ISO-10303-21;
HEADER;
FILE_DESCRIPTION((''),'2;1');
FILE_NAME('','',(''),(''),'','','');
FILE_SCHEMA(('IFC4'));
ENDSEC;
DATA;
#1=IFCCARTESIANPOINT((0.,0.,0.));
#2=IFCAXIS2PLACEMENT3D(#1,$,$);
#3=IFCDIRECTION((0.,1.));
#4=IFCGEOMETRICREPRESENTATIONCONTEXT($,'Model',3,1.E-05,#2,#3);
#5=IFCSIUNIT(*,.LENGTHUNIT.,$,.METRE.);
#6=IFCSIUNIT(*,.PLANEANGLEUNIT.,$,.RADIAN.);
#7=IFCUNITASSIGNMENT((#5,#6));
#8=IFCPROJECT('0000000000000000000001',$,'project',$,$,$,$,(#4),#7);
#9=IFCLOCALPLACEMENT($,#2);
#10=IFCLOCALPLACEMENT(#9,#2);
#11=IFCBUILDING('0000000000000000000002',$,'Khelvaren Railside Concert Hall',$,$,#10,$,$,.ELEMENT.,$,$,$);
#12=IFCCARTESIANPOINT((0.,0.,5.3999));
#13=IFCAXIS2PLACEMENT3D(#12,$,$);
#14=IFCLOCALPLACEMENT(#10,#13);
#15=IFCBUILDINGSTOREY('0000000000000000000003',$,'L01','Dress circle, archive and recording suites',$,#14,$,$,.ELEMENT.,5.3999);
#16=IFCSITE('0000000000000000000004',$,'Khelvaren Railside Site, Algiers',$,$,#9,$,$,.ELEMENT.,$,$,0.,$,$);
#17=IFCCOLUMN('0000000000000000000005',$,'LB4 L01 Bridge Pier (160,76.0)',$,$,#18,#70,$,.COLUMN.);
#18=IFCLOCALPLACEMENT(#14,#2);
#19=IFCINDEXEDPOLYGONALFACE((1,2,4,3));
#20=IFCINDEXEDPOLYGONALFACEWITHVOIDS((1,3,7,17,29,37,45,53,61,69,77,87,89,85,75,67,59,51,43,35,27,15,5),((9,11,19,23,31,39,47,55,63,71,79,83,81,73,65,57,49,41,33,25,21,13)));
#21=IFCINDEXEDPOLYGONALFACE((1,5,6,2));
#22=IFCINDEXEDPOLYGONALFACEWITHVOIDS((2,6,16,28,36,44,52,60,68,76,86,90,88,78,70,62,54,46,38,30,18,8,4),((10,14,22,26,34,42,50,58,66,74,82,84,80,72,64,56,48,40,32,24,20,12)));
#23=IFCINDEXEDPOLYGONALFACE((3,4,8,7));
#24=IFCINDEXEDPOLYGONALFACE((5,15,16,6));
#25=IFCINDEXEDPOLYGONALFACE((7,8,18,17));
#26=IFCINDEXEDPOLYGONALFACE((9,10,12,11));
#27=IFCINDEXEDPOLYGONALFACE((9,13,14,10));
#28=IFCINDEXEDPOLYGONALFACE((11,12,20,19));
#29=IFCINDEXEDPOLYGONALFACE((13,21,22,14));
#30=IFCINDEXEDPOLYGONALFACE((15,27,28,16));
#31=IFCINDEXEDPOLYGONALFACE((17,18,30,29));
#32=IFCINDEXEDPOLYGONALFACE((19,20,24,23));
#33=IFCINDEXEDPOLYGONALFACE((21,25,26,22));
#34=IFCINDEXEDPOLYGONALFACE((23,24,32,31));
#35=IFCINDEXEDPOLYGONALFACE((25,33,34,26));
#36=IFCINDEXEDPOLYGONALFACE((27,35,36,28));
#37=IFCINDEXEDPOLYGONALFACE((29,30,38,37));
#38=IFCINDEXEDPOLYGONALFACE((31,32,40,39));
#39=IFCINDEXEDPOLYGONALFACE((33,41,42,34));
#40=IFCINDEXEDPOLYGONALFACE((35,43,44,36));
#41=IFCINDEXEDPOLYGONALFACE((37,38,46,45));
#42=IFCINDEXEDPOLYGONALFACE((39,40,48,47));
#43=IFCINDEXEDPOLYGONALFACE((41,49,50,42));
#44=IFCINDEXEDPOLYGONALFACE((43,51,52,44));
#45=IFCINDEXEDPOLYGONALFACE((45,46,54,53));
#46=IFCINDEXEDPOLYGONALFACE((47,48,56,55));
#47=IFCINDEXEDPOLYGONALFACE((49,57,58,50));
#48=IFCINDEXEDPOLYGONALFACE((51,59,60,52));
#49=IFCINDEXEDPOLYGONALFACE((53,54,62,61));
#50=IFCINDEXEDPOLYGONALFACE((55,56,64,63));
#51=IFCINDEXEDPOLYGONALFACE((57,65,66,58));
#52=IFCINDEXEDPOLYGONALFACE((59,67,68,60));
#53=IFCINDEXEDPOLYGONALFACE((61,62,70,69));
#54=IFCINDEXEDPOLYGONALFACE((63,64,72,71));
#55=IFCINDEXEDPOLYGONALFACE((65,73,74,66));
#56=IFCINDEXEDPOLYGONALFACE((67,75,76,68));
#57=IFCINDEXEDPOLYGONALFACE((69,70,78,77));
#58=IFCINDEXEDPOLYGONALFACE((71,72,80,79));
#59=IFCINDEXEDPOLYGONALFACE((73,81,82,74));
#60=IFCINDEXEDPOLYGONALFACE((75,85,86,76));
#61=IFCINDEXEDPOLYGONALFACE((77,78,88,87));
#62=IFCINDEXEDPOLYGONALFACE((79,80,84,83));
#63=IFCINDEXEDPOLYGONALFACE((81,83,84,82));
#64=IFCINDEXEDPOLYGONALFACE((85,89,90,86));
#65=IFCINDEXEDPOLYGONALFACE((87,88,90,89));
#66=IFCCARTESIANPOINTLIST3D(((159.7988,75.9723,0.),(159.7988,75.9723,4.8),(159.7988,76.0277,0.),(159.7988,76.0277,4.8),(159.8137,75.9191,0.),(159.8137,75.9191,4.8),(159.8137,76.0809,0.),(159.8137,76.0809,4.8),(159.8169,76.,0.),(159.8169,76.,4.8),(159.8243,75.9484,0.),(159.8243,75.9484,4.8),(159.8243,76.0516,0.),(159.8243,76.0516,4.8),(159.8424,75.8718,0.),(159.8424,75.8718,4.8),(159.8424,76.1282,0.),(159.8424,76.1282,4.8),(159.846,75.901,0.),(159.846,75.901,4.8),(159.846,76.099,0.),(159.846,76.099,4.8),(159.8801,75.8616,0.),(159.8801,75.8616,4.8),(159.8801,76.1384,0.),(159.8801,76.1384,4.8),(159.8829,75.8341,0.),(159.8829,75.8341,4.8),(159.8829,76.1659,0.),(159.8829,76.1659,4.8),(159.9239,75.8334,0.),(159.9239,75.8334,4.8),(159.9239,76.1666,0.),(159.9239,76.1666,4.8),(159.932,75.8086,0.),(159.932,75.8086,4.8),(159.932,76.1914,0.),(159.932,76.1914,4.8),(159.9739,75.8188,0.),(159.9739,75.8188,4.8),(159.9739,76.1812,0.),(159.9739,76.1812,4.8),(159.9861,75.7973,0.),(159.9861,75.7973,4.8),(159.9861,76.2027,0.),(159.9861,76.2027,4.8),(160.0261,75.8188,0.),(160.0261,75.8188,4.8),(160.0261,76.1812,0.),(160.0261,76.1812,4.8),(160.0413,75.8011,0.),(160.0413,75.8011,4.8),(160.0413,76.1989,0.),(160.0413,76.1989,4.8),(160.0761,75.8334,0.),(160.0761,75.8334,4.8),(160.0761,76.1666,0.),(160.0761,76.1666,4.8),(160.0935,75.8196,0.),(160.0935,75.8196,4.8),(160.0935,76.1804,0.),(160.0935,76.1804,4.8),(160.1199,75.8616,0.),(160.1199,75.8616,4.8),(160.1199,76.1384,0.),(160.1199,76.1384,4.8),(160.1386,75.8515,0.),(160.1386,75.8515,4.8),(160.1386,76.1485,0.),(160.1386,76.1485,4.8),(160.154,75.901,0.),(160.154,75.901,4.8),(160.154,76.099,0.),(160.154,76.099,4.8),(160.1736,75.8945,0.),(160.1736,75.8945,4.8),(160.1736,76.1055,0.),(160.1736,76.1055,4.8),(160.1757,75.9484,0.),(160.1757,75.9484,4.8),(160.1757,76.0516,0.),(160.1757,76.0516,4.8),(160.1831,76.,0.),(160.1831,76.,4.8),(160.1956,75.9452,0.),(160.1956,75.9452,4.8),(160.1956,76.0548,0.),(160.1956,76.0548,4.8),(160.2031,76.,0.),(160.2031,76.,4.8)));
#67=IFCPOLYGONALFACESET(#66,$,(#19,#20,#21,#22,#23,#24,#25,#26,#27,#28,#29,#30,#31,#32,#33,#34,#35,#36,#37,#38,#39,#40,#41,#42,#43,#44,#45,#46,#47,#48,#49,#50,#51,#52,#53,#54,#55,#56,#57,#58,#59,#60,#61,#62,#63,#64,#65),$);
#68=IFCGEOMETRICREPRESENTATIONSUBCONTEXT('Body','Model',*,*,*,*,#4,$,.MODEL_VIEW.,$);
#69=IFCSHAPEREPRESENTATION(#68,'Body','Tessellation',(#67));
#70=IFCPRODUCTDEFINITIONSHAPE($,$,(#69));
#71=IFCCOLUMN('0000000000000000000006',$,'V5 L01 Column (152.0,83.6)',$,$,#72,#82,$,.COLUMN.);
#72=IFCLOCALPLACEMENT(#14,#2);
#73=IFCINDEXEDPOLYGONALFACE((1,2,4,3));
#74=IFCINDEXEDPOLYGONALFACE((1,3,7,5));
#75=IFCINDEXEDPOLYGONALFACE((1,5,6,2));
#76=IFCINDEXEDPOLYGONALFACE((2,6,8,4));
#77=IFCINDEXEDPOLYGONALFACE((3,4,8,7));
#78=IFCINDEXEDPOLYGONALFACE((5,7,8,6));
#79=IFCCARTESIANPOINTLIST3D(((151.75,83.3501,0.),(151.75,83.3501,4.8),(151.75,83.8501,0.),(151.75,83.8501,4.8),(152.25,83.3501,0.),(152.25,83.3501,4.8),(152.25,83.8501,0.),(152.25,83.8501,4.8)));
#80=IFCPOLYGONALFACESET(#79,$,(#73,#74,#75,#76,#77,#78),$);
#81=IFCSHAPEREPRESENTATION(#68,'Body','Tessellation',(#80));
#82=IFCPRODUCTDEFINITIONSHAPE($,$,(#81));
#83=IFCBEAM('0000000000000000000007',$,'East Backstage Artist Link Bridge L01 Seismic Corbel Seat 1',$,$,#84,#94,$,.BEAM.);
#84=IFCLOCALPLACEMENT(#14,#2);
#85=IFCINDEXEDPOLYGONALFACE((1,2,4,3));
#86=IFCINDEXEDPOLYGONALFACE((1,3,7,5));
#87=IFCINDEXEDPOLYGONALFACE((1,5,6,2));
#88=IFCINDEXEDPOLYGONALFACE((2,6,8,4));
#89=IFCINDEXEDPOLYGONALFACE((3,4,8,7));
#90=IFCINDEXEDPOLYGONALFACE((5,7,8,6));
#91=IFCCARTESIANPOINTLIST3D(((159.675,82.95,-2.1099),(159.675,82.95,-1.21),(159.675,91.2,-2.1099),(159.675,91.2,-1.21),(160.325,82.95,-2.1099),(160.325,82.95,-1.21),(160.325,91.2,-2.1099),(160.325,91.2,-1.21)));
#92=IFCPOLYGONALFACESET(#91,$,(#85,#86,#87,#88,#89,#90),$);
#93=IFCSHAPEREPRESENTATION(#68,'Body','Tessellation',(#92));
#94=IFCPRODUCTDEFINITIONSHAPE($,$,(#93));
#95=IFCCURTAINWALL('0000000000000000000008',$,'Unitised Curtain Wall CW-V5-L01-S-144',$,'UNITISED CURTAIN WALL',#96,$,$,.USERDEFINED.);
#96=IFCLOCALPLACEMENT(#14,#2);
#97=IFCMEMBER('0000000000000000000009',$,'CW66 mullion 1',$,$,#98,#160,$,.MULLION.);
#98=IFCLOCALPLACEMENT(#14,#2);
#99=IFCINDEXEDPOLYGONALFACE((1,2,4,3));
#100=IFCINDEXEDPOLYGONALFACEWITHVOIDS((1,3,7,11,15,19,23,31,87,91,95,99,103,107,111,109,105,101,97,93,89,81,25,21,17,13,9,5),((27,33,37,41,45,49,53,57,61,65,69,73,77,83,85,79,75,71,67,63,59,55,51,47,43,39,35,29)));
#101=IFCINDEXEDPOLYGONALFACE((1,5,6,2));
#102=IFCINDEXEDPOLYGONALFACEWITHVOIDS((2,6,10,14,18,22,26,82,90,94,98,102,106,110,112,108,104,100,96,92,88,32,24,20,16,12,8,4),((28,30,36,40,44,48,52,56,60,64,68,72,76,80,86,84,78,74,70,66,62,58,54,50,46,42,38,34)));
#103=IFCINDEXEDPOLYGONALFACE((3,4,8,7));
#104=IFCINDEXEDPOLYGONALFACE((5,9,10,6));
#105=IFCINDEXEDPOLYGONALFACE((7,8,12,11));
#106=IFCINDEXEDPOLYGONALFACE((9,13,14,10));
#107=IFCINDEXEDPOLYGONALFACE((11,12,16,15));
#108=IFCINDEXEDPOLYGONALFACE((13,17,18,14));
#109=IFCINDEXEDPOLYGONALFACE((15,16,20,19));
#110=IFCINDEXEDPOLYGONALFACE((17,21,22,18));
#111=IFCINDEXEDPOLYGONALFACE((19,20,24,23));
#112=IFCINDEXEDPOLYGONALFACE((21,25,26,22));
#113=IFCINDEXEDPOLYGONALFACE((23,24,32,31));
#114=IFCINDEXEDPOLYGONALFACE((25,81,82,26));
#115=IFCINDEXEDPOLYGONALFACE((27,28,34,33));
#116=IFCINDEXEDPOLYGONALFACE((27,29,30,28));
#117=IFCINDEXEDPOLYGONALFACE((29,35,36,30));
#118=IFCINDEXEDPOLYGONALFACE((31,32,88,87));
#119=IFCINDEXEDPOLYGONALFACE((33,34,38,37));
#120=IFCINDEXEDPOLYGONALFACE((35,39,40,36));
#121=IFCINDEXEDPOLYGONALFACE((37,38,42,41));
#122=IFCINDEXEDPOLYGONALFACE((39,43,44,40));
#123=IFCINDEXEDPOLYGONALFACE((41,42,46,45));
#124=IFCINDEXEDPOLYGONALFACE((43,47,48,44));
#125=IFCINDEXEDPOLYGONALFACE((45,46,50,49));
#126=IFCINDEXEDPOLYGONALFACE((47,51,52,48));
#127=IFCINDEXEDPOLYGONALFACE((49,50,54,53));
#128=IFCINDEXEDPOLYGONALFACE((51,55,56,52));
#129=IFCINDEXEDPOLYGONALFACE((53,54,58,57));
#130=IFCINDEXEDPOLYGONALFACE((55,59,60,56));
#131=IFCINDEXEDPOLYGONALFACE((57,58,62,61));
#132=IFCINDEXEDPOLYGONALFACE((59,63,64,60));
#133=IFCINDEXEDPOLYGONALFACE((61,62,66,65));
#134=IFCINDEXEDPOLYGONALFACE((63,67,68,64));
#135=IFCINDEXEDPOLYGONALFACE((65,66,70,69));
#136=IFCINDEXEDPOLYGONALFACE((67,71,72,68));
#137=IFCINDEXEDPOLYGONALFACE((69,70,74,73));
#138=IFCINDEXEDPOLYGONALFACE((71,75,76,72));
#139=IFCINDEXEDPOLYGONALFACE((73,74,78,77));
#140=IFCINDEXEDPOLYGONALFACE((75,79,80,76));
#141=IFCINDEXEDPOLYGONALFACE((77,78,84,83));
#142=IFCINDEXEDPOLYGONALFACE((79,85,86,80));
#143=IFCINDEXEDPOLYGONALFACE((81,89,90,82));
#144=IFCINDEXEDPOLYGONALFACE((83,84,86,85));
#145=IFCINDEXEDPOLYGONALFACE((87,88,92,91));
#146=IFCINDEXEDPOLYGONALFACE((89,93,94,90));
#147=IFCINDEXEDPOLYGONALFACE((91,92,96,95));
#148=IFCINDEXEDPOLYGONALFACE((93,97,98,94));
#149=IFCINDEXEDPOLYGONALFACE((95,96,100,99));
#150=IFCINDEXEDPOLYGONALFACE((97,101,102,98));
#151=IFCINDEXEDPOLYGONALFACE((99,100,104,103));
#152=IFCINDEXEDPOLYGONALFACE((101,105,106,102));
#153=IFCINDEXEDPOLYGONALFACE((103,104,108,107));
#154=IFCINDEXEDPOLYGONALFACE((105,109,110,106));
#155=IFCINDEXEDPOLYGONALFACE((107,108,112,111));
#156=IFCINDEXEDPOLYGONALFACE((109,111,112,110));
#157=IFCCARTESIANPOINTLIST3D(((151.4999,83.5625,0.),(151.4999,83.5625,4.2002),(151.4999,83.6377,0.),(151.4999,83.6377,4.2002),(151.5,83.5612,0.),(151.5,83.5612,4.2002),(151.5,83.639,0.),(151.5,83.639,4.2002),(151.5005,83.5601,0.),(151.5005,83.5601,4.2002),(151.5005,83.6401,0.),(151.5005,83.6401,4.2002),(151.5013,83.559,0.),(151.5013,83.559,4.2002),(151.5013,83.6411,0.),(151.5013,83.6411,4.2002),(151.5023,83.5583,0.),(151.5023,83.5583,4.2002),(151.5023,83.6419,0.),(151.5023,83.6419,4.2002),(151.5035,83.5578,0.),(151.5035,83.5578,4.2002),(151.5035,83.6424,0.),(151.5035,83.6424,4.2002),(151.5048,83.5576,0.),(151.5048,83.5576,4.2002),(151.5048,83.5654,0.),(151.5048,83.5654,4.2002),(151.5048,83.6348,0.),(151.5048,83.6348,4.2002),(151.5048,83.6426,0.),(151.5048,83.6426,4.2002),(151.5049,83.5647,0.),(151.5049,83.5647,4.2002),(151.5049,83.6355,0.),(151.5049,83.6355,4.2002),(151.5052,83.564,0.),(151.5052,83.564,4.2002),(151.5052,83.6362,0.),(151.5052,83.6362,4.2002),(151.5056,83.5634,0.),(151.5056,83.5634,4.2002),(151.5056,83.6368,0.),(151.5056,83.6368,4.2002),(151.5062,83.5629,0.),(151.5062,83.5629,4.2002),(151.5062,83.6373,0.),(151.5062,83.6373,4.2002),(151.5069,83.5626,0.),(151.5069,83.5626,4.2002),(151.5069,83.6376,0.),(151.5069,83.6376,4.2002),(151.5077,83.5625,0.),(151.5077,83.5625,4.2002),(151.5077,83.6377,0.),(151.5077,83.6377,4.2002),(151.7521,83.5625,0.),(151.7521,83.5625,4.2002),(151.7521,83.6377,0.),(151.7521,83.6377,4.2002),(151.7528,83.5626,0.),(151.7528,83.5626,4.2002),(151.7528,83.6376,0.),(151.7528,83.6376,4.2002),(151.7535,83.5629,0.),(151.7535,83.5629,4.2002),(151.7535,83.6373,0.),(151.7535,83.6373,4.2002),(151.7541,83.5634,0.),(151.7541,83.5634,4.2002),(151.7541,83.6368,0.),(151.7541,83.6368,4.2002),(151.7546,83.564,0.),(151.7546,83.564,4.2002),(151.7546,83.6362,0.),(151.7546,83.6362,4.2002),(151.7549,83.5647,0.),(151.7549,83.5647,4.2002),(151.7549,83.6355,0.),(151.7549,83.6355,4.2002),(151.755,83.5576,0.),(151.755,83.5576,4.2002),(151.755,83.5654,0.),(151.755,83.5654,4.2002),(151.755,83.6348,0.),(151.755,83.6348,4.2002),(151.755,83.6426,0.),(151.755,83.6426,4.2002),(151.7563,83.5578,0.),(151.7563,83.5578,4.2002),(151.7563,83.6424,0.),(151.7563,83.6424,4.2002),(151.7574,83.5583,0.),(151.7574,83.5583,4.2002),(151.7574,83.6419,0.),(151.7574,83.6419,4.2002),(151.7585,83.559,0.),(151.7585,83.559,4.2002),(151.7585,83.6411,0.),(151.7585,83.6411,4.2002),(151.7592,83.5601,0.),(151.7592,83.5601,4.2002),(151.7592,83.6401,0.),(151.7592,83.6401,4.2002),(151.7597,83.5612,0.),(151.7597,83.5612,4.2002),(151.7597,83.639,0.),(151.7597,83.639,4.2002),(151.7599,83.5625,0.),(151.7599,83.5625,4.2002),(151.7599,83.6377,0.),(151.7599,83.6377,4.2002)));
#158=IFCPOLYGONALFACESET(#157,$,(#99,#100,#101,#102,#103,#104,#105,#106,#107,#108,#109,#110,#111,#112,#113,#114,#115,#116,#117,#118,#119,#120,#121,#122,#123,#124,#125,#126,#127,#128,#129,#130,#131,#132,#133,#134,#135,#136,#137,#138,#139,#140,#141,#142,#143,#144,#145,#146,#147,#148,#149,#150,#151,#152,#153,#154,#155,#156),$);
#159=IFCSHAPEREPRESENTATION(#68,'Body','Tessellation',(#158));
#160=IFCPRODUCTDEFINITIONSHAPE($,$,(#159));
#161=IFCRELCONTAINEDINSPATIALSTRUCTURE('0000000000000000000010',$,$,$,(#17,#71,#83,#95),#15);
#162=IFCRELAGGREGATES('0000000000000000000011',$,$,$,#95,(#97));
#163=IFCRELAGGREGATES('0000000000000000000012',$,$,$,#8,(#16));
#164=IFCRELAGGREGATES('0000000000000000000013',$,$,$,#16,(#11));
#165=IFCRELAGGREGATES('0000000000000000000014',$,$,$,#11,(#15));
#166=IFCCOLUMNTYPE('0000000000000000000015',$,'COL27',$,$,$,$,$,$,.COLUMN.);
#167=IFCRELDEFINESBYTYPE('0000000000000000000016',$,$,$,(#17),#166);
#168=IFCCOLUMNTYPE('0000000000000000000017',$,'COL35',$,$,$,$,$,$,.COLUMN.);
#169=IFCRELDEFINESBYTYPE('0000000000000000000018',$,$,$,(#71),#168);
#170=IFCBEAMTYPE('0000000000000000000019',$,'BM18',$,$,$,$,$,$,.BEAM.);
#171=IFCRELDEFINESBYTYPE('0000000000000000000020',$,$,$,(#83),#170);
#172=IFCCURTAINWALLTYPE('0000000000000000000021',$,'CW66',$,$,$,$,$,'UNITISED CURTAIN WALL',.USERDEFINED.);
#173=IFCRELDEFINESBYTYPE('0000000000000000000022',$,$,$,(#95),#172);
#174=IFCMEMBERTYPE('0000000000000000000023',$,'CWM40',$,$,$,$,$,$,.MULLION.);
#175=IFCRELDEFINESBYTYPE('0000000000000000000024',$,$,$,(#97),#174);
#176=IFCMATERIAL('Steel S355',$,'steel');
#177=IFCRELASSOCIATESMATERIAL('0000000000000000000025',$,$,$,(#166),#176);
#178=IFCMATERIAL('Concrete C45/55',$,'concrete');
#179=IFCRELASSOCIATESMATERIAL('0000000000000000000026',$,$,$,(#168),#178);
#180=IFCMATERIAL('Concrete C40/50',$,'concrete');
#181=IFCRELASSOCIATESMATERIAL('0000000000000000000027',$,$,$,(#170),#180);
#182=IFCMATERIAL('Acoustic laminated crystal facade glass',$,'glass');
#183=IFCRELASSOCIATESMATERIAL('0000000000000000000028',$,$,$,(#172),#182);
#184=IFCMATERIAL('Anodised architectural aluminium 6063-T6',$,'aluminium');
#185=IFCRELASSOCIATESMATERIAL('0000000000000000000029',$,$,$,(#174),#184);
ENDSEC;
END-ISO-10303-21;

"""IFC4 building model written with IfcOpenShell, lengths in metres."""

from ifc_helpers import new_model, si_unit, direction, frame, origin, origin_2d, place, context, subcontext, project, spatial, rectangle, hollow_rectangle, hollow_circle, extrude, material, material_profile, profile_set, type_object, element, aggregate, save


model = new_model("IFC4")

# Units and contexts
model_context = context("Model", 3, precision=1e-05, world=origin(), true_north=direction((0.0, 1.0)))
body_context = subcontext(model_context, "Body", "Model", "MODEL_VIEW")
ifc_project = project(units=[si_unit("LENGTHUNIT", "METRE"), si_unit("PLANEANGLEUNIT", "RADIAN")], contexts=[model_context])

# Site, building, storey
site_placement = place(None, origin())
site = spatial("IfcSite", under=ifc_project, at=site_placement, Name="Khelvaren Railside Site, Algiers", CompositionType="ELEMENT", RefElevation=0.0)
building_placement = place(site_placement, origin())
building = spatial("IfcBuilding", under=site, at=building_placement, Name="Khelvaren Railside Concert Hall", CompositionType="ELEMENT")
storey_placement = place(building_placement, frame((0.0, 0.0, 5.3999)))
storey = spatial("IfcBuildingStorey", under=building, at=storey_placement, Name="L01", Description="Dress circle, archive and recording suites", CompositionType="ELEMENT", Elevation=5.3999)

# Columns
ifc_material_1 = material(Name="Steel S355", Category="steel")
ifc_material_profile_1 = material_profile(ifc_material_1, hollow_circle(Radius=0.2031, WallThickness=0.02, at=origin_2d()), Name="CHS 406.4x20")
ifc_profile_set_1 = profile_set([ifc_material_profile_1], Name="Steel S355")
column_type_1 = type_object("IfcColumnType", Name="COL27", PredefinedType="COLUMN", material=ifc_profile_set_1)
column_1_placement = place(storey_placement, frame((160.0, 76.0, 0.0), z_axis=(0.0, 0.0, 1.0), x_axis=(1.0, 0.0, 0.0)))
element("IfcColumn", 1, at=column_1_placement, inside=storey, type_object=column_type_1, Name="LB4 L01 Bridge Pier (160,76.0)", PredefinedType="COLUMN", context=body_context, shape_type="SweptSolid", body=[
    extrude(hollow_circle(Radius=0.2031, WallThickness=0.02, at=origin_2d()), origin(), (0.0, 0.0, 1.0), 4.8),
])
ifc_material_2 = material(Name="Concrete C45/55", Category="concrete")
ifc_material_profile_2 = material_profile(ifc_material_2, rectangle(XDim=0.5, YDim=0.5, at=origin_2d()), Name="RC 500x500")
ifc_profile_set_2 = profile_set([ifc_material_profile_2], Name="Concrete C45/55")
column_type_2 = type_object("IfcColumnType", Name="COL35", PredefinedType="COLUMN", material=ifc_profile_set_2)
column_2_placement = place(storey_placement, frame((152.0, 83.6001, 0.0), z_axis=(0.0, 0.0, 1.0), x_axis=(1.0, 0.0, 0.0)))
element("IfcColumn", 2, at=column_2_placement, inside=storey, type_object=column_type_2, Name="V5 L01 Column (152.0,83.6)", PredefinedType="COLUMN", context=body_context, shape_type="SweptSolid", body=[
    extrude(rectangle(XDim=0.5, YDim=0.5, at=origin_2d()), origin(), (0.0, 0.0, 1.0), 4.8),
])

# Beam
ifc_material_3 = material(Name="Concrete C40/50", Category="concrete")
ifc_material_profile_3 = material_profile(ifc_material_3, rectangle(XDim=0.6499, YDim=0.8999, at=origin_2d()), Name="RCB 650x900")
ifc_profile_set_3 = profile_set([ifc_material_profile_3], Name="Concrete C40/50")
beam_type_1 = type_object("IfcBeamType", Name="BM18", PredefinedType="BEAM", material=ifc_profile_set_3)
beam_1_placement = place(storey_placement, frame((160.0, 82.95, -1.6599), z_axis=(0.0, 1.0, 0.0), x_axis=(-1.0, 0.0, 0.0)))
element("IfcBeam", 3, at=beam_1_placement, inside=storey, type_object=beam_type_1, Name="East Backstage Artist Link Bridge L01 Seismic Corbel Seat 1", PredefinedType="BEAM", context=body_context, shape_type="SweptSolid", body=[
    extrude(rectangle(XDim=0.6499, YDim=0.8999, at=origin_2d()), origin(), (0.0, 0.0, 1.0), 8.25),
])

# Curtain wall, member
ifc_material_4 = material(Name="Acoustic laminated crystal facade glass", Category="glass")
curtain_wall_type_1 = type_object("IfcCurtainWallType", Name="CW66", ElementType="UNITISED CURTAIN WALL", PredefinedType="USERDEFINED", material=ifc_material_4)
curtain_wall_1_placement = place(storey_placement, origin())
curtain_wall_1 = element("IfcCurtainWall", 4, at=curtain_wall_1_placement, inside=storey, type_object=curtain_wall_type_1, Name="Unitised Curtain Wall CW-V5-L01-S-144", ObjectType="UNITISED CURTAIN WALL", PredefinedType="USERDEFINED")
ifc_material_5 = material(Name="Anodised architectural aluminium 6063-T6", Category="aluminium")
ifc_material_profile_4 = material_profile(ifc_material_5, hollow_rectangle(XDim=0.085, YDim=0.26, WallThickness=0.0049, InnerFilletRadius=0.0029, OuterFilletRadius=0.0049, at=origin_2d()), Name="CWM 85x260x5")
ifc_profile_set_4 = profile_set([ifc_material_profile_4], Name="Anodised architectural aluminium 6063-T6")
member_type_1 = type_object("IfcMemberType", Name="CWM40", PredefinedType="MULLION", material=ifc_profile_set_4)
member_1_placement = place(storey_placement, frame((151.6299, 83.6001, 0.0), z_axis=(0.0, 0.0, 1.0), x_axis=(0.0, -1.0, 0.0)))
member_1 = element("IfcMember", 5, at=member_1_placement, type_object=member_type_1, Name="CW66 mullion 1", PredefinedType="MULLION", context=body_context, shape_type="SweptSolid", body=[
    extrude(hollow_rectangle(XDim=0.085, YDim=0.26, WallThickness=0.0049, InnerFilletRadius=0.0029, OuterFilletRadius=0.0049, at=origin_2d()), origin(), (0.0, 0.0, 1.0), 4.2002),
])

aggregate(curtain_wall_1, [member_1])

save(model, "model.ifc")
